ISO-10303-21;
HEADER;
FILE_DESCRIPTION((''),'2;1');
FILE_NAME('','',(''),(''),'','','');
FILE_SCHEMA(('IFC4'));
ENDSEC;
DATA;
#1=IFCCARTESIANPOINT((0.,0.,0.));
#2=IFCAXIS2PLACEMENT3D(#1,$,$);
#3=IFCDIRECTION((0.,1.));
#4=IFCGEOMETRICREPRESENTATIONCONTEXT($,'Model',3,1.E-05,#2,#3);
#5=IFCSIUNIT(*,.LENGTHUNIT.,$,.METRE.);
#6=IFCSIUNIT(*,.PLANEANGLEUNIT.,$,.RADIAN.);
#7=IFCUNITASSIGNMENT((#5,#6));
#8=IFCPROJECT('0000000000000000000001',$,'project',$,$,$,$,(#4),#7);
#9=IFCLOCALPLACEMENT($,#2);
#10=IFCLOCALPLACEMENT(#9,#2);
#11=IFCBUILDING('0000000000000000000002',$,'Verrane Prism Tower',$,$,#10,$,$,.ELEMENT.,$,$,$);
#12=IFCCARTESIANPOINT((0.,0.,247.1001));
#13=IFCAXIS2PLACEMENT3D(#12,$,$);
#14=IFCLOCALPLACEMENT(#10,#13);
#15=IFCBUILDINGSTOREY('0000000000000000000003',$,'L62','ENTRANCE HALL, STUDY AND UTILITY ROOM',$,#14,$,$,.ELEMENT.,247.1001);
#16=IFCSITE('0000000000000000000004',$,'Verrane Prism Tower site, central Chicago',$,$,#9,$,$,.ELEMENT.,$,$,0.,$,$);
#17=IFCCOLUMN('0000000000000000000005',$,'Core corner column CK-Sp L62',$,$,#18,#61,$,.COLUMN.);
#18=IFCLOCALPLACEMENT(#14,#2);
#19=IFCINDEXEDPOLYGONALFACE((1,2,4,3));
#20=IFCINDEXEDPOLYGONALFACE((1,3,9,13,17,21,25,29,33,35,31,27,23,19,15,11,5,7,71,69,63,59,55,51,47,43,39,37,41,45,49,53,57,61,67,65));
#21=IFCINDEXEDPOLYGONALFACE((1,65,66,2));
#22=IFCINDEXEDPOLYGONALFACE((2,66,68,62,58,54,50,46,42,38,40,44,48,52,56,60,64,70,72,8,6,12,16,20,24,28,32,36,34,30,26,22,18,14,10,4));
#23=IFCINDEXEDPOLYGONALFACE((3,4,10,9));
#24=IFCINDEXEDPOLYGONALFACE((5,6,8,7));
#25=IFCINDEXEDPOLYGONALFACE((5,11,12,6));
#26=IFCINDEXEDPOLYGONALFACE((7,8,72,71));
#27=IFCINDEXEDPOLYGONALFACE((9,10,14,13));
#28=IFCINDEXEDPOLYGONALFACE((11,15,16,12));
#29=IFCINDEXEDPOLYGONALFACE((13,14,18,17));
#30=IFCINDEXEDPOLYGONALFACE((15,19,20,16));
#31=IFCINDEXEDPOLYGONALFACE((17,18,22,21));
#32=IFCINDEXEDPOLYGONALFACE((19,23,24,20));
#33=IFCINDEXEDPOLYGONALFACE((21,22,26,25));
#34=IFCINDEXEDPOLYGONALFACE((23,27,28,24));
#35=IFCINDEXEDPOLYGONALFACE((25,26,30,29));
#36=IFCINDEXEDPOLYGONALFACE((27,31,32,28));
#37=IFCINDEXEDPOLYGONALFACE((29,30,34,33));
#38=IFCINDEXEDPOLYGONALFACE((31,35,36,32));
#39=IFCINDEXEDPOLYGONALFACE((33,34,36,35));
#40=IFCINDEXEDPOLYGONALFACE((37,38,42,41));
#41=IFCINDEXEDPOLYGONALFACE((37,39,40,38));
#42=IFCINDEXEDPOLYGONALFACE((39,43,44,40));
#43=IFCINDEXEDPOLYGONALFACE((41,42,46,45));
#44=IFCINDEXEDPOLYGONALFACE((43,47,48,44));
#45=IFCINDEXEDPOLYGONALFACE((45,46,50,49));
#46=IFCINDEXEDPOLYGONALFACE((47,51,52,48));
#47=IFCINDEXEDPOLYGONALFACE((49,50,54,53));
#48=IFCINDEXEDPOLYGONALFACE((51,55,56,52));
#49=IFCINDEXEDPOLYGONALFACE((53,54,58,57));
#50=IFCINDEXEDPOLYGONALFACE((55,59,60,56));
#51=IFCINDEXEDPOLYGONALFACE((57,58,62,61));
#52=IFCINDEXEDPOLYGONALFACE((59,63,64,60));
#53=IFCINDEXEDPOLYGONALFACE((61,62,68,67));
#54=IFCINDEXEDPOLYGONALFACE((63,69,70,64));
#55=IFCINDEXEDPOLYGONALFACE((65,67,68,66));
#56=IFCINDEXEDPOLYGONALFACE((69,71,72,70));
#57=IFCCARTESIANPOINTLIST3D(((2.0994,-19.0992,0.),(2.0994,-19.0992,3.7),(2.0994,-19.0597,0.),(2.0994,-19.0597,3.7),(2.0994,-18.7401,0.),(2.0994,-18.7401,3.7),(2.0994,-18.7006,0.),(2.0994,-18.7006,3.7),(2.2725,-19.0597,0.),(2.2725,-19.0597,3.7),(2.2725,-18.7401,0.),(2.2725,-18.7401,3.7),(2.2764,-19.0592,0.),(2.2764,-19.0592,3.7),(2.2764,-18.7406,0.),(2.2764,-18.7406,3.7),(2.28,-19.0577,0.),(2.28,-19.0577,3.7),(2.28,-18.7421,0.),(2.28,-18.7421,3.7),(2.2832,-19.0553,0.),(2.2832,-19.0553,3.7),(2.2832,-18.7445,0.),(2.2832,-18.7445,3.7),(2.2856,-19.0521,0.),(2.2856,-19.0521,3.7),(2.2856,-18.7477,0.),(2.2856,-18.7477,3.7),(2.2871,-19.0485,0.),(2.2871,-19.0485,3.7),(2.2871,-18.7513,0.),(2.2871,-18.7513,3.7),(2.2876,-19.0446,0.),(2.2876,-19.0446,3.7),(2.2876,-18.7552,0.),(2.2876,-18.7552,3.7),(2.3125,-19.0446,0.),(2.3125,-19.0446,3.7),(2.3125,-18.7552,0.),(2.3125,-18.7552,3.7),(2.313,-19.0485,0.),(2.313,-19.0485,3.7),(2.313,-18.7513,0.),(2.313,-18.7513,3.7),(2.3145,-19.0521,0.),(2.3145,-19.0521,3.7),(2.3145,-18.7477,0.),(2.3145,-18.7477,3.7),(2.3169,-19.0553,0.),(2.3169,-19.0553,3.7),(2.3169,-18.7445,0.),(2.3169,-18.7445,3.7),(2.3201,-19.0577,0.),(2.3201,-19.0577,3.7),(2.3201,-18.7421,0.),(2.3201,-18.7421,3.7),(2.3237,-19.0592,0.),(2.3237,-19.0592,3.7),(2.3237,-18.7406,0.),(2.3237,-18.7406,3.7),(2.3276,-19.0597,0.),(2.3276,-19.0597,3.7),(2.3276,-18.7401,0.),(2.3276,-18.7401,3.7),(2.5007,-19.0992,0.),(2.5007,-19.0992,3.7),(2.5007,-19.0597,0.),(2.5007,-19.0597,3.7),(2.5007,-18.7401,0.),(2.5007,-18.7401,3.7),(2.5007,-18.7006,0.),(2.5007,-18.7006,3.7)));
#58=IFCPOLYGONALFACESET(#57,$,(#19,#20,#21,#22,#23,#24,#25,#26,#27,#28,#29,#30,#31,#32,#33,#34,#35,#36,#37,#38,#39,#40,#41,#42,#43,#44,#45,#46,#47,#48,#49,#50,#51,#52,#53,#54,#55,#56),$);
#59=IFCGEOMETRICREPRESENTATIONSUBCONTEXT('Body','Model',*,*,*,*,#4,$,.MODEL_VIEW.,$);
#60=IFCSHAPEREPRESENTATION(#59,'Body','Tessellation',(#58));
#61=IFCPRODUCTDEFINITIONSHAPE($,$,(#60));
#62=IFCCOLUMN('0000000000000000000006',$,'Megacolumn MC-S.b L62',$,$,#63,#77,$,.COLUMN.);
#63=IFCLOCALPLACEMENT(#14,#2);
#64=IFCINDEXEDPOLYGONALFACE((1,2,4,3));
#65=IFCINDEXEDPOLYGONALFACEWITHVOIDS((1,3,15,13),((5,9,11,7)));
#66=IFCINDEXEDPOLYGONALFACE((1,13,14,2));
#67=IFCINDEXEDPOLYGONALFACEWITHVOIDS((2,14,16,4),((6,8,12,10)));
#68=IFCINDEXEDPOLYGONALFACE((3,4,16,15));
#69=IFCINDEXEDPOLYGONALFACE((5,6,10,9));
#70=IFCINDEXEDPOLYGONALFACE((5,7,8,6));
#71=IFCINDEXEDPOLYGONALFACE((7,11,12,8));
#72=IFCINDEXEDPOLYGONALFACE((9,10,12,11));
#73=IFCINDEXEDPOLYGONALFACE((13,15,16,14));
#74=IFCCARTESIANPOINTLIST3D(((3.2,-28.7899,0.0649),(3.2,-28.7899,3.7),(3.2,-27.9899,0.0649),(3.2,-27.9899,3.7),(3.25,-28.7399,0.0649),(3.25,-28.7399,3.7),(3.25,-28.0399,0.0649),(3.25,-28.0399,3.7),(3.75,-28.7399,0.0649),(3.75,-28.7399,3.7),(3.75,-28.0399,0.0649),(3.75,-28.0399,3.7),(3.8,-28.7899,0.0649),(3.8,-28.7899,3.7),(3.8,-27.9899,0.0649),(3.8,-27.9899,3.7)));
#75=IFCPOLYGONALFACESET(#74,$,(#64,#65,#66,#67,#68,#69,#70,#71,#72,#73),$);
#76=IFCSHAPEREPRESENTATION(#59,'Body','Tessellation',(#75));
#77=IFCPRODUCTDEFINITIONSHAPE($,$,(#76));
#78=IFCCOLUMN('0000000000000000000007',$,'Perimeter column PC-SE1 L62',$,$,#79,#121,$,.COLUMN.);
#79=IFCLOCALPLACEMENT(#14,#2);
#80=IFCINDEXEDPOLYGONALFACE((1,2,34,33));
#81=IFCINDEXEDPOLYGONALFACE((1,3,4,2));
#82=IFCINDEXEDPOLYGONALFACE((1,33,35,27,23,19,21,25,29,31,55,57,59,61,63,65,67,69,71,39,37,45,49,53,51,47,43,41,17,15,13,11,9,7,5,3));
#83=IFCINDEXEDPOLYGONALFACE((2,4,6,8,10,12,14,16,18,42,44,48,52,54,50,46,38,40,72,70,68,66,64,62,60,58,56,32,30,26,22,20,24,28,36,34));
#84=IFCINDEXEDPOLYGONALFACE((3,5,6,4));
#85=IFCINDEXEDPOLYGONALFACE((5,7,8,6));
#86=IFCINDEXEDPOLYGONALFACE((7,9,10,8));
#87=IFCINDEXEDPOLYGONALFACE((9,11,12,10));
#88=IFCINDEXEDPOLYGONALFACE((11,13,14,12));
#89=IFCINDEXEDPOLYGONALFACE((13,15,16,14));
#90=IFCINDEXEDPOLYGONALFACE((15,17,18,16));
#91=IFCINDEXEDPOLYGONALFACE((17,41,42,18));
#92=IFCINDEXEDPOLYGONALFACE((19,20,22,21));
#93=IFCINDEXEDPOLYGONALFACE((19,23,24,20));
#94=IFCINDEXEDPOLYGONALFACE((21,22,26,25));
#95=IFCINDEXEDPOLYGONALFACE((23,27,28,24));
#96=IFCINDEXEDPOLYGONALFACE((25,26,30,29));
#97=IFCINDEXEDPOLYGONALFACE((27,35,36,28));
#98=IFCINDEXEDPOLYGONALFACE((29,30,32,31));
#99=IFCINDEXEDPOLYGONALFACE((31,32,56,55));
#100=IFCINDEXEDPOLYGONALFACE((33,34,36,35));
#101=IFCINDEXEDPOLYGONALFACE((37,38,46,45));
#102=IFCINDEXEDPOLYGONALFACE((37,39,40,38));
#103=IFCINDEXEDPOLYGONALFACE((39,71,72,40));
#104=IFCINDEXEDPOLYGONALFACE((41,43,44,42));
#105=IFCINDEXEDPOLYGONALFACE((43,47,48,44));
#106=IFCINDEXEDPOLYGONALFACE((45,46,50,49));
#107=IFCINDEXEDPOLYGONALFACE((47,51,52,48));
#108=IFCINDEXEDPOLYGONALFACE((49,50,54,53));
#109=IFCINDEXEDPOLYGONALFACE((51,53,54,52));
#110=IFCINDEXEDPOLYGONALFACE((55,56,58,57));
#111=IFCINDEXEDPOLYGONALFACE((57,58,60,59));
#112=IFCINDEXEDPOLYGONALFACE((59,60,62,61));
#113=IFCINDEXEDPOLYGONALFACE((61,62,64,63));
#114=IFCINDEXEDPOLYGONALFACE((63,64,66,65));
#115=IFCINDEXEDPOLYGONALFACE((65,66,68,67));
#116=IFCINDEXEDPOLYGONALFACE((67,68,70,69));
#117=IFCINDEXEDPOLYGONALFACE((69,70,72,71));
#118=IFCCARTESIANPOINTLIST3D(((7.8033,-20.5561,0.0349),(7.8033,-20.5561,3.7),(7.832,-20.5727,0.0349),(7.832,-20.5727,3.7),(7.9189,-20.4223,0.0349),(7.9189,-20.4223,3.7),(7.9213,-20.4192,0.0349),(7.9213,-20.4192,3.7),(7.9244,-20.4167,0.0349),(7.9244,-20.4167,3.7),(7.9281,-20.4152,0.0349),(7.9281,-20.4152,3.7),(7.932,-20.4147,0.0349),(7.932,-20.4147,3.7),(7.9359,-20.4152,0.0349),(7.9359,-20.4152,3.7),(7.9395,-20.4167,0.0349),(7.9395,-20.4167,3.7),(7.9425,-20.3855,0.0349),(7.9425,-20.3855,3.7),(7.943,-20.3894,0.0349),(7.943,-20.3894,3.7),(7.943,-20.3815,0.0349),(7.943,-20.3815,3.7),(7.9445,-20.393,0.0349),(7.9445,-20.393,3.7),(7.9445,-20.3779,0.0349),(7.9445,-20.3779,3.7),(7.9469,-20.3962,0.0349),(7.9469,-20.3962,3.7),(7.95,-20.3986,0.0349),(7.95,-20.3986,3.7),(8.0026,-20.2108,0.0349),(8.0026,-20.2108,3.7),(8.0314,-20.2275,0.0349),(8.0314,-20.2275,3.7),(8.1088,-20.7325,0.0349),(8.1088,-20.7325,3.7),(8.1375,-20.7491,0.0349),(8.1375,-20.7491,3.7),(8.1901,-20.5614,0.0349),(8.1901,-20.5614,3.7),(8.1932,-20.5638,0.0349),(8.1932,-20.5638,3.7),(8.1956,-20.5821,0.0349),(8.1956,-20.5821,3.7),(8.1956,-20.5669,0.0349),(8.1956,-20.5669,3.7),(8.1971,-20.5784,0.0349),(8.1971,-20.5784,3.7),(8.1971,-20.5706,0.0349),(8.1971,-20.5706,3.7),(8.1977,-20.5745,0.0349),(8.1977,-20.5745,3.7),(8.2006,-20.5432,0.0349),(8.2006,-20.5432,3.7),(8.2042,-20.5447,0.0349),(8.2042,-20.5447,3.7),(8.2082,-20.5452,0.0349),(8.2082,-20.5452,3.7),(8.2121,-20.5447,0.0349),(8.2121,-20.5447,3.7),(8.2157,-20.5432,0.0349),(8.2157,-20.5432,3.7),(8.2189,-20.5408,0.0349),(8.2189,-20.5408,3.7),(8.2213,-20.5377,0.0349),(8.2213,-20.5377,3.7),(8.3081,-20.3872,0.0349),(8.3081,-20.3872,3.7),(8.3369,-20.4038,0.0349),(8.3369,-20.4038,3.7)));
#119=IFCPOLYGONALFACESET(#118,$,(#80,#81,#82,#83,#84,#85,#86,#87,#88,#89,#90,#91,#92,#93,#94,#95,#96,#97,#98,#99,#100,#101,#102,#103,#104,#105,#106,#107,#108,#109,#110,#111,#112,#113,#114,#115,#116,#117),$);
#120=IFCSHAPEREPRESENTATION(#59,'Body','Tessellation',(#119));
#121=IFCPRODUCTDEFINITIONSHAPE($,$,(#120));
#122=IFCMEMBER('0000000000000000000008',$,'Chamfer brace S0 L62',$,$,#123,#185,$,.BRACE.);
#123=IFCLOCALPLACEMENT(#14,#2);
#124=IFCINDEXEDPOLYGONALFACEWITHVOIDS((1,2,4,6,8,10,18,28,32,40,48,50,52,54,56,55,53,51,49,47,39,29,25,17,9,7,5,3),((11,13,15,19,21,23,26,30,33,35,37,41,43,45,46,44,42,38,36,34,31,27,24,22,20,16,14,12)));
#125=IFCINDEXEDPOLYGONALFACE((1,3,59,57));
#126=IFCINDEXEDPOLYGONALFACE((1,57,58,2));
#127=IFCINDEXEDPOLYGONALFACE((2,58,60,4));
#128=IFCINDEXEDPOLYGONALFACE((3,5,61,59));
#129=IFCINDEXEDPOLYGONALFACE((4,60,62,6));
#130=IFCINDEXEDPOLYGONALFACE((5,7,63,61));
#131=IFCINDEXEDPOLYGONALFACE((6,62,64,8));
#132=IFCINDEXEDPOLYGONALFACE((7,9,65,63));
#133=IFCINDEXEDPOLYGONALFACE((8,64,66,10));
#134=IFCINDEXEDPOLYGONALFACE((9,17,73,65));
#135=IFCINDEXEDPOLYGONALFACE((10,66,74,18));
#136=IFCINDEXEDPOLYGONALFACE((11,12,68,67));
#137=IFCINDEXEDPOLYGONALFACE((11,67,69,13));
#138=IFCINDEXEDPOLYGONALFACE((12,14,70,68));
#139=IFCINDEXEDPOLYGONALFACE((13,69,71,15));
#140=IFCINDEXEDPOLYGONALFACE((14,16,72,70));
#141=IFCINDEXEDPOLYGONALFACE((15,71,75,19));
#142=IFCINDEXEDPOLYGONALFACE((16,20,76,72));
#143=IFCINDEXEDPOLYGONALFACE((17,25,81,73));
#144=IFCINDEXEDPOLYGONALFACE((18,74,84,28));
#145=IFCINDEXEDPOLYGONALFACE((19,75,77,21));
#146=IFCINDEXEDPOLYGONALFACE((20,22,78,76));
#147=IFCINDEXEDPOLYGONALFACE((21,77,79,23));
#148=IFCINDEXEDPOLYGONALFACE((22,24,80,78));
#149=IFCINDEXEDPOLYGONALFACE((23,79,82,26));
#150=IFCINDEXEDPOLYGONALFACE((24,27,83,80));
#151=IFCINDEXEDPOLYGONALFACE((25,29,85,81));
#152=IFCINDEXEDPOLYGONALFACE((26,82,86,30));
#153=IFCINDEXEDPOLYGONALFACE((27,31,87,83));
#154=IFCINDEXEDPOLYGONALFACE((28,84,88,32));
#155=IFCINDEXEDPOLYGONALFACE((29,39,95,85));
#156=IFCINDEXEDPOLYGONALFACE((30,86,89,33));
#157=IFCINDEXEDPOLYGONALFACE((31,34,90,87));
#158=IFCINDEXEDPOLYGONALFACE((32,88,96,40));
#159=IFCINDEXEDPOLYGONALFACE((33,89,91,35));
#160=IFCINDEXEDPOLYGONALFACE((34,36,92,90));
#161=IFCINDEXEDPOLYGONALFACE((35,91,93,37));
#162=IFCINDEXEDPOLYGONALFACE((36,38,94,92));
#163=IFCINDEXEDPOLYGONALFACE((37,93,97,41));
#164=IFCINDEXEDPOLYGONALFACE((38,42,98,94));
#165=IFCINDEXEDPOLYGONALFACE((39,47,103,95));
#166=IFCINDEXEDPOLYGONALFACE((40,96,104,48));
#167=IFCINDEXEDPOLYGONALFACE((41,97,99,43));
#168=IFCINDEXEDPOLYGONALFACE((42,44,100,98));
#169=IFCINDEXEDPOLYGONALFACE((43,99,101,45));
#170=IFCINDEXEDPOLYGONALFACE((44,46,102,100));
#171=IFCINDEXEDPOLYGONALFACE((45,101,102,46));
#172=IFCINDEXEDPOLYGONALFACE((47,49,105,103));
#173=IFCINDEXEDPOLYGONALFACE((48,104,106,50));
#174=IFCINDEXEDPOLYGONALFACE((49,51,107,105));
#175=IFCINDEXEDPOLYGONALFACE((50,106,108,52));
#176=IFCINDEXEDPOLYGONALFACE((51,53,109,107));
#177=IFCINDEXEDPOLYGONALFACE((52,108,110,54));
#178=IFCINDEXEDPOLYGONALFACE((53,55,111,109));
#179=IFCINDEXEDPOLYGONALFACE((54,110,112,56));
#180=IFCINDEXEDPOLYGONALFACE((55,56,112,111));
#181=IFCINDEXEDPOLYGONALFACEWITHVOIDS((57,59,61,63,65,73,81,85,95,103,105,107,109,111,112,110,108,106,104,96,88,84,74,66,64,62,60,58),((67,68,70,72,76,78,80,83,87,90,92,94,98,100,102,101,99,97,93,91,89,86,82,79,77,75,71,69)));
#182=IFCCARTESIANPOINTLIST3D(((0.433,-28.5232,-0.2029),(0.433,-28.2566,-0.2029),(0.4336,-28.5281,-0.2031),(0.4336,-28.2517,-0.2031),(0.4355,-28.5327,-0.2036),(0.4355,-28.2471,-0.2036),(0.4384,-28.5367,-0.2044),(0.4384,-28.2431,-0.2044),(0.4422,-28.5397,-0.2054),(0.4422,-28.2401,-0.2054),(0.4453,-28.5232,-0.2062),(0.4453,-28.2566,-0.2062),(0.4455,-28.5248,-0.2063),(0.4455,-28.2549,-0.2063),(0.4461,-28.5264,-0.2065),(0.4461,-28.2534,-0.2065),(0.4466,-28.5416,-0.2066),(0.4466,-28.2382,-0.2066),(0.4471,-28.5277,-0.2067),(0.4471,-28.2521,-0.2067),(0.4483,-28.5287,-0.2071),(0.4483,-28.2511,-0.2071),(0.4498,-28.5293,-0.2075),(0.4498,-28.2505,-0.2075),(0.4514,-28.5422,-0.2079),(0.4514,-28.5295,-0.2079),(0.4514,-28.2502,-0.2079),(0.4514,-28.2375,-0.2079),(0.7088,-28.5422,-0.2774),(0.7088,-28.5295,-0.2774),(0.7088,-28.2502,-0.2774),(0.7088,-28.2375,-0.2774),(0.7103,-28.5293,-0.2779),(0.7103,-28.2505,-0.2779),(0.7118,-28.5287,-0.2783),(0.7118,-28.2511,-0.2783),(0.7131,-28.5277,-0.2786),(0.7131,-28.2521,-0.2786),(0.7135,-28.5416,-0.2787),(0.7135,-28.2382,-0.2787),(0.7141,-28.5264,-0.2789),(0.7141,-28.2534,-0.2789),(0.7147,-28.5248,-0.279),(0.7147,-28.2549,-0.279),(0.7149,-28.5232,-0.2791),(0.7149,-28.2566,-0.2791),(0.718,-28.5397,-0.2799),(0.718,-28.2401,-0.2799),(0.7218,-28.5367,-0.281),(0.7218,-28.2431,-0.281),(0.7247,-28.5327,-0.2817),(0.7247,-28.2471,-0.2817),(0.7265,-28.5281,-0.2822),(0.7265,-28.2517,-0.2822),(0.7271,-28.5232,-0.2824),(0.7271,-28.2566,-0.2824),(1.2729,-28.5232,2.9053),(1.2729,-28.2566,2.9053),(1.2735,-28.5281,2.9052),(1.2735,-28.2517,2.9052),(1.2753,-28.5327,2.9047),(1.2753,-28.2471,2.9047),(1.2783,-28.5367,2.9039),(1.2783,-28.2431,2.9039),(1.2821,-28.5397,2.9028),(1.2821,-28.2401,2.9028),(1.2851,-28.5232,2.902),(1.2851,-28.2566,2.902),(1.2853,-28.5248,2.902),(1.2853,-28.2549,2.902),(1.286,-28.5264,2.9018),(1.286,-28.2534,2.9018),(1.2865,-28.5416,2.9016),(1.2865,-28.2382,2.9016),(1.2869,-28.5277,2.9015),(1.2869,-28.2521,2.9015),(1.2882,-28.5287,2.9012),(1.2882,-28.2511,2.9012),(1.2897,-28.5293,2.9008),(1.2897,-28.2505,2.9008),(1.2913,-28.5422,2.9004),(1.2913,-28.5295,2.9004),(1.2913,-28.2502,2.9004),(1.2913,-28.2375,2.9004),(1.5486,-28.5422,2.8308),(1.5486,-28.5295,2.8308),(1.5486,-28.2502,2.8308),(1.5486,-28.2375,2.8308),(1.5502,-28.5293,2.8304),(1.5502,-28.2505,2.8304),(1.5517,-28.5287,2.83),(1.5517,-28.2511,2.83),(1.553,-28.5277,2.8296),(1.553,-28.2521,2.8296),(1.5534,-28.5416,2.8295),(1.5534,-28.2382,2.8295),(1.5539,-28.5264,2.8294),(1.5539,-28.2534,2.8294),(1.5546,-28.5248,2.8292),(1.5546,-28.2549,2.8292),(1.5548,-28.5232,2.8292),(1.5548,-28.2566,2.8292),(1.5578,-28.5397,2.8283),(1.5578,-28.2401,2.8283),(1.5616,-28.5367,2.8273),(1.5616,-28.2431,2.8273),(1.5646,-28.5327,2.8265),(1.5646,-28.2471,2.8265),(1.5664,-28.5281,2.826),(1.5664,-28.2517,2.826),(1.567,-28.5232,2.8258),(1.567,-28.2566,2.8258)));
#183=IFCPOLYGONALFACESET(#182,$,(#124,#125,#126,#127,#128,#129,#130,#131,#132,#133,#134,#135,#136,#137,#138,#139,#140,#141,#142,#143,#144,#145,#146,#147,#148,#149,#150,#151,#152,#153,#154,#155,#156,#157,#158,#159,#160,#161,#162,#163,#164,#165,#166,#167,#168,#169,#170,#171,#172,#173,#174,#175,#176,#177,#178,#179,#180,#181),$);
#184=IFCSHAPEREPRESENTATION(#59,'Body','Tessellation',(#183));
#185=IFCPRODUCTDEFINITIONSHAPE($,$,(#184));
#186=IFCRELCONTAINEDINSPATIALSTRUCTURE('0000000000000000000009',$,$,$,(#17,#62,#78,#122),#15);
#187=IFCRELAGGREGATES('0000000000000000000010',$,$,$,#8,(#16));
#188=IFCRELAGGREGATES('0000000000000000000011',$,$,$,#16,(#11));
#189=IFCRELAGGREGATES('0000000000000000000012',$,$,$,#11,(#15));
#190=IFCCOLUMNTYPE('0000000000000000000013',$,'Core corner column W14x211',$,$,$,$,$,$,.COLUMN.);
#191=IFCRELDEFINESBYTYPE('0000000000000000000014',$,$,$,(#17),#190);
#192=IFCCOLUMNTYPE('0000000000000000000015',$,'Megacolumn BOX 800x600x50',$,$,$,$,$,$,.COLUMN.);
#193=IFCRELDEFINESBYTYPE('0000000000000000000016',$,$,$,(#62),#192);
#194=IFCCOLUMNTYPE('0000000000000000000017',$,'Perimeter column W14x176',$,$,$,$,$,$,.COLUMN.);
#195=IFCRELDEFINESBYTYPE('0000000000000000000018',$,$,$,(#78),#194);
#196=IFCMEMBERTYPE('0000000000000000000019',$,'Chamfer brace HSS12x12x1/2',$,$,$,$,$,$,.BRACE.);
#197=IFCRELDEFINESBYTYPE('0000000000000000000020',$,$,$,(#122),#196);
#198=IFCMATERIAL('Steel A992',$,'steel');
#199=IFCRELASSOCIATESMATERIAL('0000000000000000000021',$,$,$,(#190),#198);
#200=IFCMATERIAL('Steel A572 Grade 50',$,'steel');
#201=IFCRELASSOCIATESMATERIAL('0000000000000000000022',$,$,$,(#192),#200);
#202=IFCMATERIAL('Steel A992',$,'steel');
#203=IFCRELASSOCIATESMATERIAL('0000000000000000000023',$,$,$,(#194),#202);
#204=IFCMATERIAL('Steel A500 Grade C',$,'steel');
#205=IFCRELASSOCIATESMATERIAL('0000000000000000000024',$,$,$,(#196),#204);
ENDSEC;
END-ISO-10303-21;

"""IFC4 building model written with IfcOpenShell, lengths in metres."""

from ifc_helpers import new_model, si_unit, direction, frame, origin, origin_2d, place, context, subcontext, project, spatial, hollow_rectangle, i_section, extrude, material, material_profile, profile_set, type_object, element, save


model = new_model("IFC4")

# Units and contexts
model_context = context("Model", 3, precision=1e-05, world=origin(), true_north=direction((0.0, 1.0)))
body_context = subcontext(model_context, "Body", "Model", "MODEL_VIEW")
ifc_project = project(units=[si_unit("LENGTHUNIT", "METRE"), si_unit("PLANEANGLEUNIT", "RADIAN")], contexts=[model_context])

# Site, building, storey
site_placement = place(None, origin())
site = spatial("IfcSite", under=ifc_project, at=site_placement, Name="Verrane Prism Tower site, central Chicago", CompositionType="ELEMENT", RefElevation=0.0)
building_placement = place(site_placement, origin())
building = spatial("IfcBuilding", under=site, at=building_placement, Name="Verrane Prism Tower", CompositionType="ELEMENT")
storey_placement = place(building_placement, frame((0.0, 0.0, 247.1001)))
storey = spatial("IfcBuildingStorey", under=building, at=storey_placement, Name="L62", Description="ENTRANCE HALL, STUDY AND UTILITY ROOM", CompositionType="ELEMENT", Elevation=247.1001)

# Columns
ifc_material_1 = material(Name="Steel A992", Category="steel")
ifc_material_profile_1 = material_profile(ifc_material_1, i_section(OverallWidth=0.4014, OverallDepth=0.3987, WebThickness=0.0249, FlangeThickness=0.0396, FilletRadius=0.0151, at=origin_2d()), Name="W14x211")
ifc_profile_set_1 = profile_set([ifc_material_profile_1], Name="Steel A992")
column_type_1 = type_object("IfcColumnType", Name="Core corner column W14x211", PredefinedType="COLUMN", material=ifc_profile_set_1)
column_1_placement = place(storey_placement, frame((2.3, -18.8999, 0.0), z_axis=(0.0, 0.0, 1.0), x_axis=(-1.0, 0.0, 0.0)))
element("IfcColumn", 1, at=column_1_placement, inside=storey, type_object=column_type_1, Name="Core corner column CK-Sp L62", PredefinedType="COLUMN", context=body_context, shape_type="SweptSolid", body=[
    extrude(i_section(OverallWidth=0.4014, OverallDepth=0.3987, WebThickness=0.0249, FlangeThickness=0.0396, FilletRadius=0.0151, at=origin_2d()), origin(), (0.0, 0.0, 1.0), 3.7),
])
ifc_material_2 = material(Name="Steel A572 Grade 50", Category="steel")
ifc_material_profile_2 = material_profile(ifc_material_2, hollow_rectangle(XDim=0.6001, YDim=0.8, WallThickness=0.05, at=origin_2d()), Name="BOX 800x600x50")
ifc_profile_set_2 = profile_set([ifc_material_profile_2], Name="Steel A572 Grade 50")
column_type_2 = type_object("IfcColumnType", Name="Megacolumn BOX 800x600x50", PredefinedType="COLUMN", material=ifc_profile_set_2)
column_2_placement = place(storey_placement, frame((3.5, -28.3899, 0.0649), z_axis=(0.0, 0.0, 1.0), x_axis=(-1.0, 0.0, 0.0)))
element("IfcColumn", 2, at=column_2_placement, inside=storey, type_object=column_type_2, Name="Megacolumn MC-S.b L62", PredefinedType="COLUMN", context=body_context, shape_type="SweptSolid", body=[
    extrude(hollow_rectangle(XDim=0.6001, YDim=0.8, WallThickness=0.05, at=origin_2d()), origin(), (0.0, 0.0, 1.0), 3.635),
])
ifc_material_3 = material(Name="Steel A992", Category="steel")
ifc_material_profile_3 = material_profile(ifc_material_3, i_section(OverallWidth=0.3987, OverallDepth=0.386, WebThickness=0.021, FlangeThickness=0.0332, FilletRadius=0.0151, at=origin_2d()), Name="W14x176")
ifc_profile_set_3 = profile_set([ifc_material_profile_3], Name="Steel A992")
column_type_3 = type_object("IfcColumnType", Name="Perimeter column W14x176", PredefinedType="COLUMN", material=ifc_profile_set_3)
column_3_placement = place(storey_placement, frame((8.0701, -20.48, 0.0349), z_axis=(0.0, 0.0, 1.0), x_axis=(-0.5, -0.866025, 0.0)))
element("IfcColumn", 3, at=column_3_placement, inside=storey, type_object=column_type_3, Name="Perimeter column PC-SE1 L62", PredefinedType="COLUMN", context=body_context, shape_type="SweptSolid", body=[
    extrude(i_section(OverallWidth=0.3987, OverallDepth=0.386, WebThickness=0.021, FlangeThickness=0.0332, FilletRadius=0.0151, at=origin_2d()), origin(), (0.0, 0.0, 1.0), 3.665),
])

# Member
ifc_material_4 = material(Name="Steel A500 Grade C", Category="steel")
ifc_material_profile_4 = material_profile(ifc_material_4, hollow_rectangle(XDim=0.3047, YDim=0.3047, WallThickness=0.0127, InnerFilletRadius=0.0063, OuterFilletRadius=0.019, at=origin_2d()), Name="HSS12x12x1/2")
ifc_profile_set_4 = profile_set([ifc_material_profile_4], Name="Steel A500 Grade C")
member_type_1 = type_object("IfcMemberType", Name="Chamfer brace HSS12x12x1/2", PredefinedType="BRACE", material=ifc_profile_set_4)
member_1_placement = place(storey_placement, frame((0.5801, -28.3899, -0.2427), z_axis=(0.260852, 0.0, 0.965379), x_axis=(0.0, 1.0, 0.0)))
element("IfcMember", 4, at=member_1_placement, inside=storey, type_object=member_type_1, Name="Chamfer brace S0 L62", PredefinedType="BRACE", context=body_context, shape_type="SweptSolid", body=[
    extrude(hollow_rectangle(XDim=0.3047, YDim=0.3047, WallThickness=0.0127, InnerFilletRadius=0.0063, OuterFilletRadius=0.019, at=origin_2d()), origin(), (0.0, 0.0, 1.0), 3.2197),
])

save(model, "model.ifc")
